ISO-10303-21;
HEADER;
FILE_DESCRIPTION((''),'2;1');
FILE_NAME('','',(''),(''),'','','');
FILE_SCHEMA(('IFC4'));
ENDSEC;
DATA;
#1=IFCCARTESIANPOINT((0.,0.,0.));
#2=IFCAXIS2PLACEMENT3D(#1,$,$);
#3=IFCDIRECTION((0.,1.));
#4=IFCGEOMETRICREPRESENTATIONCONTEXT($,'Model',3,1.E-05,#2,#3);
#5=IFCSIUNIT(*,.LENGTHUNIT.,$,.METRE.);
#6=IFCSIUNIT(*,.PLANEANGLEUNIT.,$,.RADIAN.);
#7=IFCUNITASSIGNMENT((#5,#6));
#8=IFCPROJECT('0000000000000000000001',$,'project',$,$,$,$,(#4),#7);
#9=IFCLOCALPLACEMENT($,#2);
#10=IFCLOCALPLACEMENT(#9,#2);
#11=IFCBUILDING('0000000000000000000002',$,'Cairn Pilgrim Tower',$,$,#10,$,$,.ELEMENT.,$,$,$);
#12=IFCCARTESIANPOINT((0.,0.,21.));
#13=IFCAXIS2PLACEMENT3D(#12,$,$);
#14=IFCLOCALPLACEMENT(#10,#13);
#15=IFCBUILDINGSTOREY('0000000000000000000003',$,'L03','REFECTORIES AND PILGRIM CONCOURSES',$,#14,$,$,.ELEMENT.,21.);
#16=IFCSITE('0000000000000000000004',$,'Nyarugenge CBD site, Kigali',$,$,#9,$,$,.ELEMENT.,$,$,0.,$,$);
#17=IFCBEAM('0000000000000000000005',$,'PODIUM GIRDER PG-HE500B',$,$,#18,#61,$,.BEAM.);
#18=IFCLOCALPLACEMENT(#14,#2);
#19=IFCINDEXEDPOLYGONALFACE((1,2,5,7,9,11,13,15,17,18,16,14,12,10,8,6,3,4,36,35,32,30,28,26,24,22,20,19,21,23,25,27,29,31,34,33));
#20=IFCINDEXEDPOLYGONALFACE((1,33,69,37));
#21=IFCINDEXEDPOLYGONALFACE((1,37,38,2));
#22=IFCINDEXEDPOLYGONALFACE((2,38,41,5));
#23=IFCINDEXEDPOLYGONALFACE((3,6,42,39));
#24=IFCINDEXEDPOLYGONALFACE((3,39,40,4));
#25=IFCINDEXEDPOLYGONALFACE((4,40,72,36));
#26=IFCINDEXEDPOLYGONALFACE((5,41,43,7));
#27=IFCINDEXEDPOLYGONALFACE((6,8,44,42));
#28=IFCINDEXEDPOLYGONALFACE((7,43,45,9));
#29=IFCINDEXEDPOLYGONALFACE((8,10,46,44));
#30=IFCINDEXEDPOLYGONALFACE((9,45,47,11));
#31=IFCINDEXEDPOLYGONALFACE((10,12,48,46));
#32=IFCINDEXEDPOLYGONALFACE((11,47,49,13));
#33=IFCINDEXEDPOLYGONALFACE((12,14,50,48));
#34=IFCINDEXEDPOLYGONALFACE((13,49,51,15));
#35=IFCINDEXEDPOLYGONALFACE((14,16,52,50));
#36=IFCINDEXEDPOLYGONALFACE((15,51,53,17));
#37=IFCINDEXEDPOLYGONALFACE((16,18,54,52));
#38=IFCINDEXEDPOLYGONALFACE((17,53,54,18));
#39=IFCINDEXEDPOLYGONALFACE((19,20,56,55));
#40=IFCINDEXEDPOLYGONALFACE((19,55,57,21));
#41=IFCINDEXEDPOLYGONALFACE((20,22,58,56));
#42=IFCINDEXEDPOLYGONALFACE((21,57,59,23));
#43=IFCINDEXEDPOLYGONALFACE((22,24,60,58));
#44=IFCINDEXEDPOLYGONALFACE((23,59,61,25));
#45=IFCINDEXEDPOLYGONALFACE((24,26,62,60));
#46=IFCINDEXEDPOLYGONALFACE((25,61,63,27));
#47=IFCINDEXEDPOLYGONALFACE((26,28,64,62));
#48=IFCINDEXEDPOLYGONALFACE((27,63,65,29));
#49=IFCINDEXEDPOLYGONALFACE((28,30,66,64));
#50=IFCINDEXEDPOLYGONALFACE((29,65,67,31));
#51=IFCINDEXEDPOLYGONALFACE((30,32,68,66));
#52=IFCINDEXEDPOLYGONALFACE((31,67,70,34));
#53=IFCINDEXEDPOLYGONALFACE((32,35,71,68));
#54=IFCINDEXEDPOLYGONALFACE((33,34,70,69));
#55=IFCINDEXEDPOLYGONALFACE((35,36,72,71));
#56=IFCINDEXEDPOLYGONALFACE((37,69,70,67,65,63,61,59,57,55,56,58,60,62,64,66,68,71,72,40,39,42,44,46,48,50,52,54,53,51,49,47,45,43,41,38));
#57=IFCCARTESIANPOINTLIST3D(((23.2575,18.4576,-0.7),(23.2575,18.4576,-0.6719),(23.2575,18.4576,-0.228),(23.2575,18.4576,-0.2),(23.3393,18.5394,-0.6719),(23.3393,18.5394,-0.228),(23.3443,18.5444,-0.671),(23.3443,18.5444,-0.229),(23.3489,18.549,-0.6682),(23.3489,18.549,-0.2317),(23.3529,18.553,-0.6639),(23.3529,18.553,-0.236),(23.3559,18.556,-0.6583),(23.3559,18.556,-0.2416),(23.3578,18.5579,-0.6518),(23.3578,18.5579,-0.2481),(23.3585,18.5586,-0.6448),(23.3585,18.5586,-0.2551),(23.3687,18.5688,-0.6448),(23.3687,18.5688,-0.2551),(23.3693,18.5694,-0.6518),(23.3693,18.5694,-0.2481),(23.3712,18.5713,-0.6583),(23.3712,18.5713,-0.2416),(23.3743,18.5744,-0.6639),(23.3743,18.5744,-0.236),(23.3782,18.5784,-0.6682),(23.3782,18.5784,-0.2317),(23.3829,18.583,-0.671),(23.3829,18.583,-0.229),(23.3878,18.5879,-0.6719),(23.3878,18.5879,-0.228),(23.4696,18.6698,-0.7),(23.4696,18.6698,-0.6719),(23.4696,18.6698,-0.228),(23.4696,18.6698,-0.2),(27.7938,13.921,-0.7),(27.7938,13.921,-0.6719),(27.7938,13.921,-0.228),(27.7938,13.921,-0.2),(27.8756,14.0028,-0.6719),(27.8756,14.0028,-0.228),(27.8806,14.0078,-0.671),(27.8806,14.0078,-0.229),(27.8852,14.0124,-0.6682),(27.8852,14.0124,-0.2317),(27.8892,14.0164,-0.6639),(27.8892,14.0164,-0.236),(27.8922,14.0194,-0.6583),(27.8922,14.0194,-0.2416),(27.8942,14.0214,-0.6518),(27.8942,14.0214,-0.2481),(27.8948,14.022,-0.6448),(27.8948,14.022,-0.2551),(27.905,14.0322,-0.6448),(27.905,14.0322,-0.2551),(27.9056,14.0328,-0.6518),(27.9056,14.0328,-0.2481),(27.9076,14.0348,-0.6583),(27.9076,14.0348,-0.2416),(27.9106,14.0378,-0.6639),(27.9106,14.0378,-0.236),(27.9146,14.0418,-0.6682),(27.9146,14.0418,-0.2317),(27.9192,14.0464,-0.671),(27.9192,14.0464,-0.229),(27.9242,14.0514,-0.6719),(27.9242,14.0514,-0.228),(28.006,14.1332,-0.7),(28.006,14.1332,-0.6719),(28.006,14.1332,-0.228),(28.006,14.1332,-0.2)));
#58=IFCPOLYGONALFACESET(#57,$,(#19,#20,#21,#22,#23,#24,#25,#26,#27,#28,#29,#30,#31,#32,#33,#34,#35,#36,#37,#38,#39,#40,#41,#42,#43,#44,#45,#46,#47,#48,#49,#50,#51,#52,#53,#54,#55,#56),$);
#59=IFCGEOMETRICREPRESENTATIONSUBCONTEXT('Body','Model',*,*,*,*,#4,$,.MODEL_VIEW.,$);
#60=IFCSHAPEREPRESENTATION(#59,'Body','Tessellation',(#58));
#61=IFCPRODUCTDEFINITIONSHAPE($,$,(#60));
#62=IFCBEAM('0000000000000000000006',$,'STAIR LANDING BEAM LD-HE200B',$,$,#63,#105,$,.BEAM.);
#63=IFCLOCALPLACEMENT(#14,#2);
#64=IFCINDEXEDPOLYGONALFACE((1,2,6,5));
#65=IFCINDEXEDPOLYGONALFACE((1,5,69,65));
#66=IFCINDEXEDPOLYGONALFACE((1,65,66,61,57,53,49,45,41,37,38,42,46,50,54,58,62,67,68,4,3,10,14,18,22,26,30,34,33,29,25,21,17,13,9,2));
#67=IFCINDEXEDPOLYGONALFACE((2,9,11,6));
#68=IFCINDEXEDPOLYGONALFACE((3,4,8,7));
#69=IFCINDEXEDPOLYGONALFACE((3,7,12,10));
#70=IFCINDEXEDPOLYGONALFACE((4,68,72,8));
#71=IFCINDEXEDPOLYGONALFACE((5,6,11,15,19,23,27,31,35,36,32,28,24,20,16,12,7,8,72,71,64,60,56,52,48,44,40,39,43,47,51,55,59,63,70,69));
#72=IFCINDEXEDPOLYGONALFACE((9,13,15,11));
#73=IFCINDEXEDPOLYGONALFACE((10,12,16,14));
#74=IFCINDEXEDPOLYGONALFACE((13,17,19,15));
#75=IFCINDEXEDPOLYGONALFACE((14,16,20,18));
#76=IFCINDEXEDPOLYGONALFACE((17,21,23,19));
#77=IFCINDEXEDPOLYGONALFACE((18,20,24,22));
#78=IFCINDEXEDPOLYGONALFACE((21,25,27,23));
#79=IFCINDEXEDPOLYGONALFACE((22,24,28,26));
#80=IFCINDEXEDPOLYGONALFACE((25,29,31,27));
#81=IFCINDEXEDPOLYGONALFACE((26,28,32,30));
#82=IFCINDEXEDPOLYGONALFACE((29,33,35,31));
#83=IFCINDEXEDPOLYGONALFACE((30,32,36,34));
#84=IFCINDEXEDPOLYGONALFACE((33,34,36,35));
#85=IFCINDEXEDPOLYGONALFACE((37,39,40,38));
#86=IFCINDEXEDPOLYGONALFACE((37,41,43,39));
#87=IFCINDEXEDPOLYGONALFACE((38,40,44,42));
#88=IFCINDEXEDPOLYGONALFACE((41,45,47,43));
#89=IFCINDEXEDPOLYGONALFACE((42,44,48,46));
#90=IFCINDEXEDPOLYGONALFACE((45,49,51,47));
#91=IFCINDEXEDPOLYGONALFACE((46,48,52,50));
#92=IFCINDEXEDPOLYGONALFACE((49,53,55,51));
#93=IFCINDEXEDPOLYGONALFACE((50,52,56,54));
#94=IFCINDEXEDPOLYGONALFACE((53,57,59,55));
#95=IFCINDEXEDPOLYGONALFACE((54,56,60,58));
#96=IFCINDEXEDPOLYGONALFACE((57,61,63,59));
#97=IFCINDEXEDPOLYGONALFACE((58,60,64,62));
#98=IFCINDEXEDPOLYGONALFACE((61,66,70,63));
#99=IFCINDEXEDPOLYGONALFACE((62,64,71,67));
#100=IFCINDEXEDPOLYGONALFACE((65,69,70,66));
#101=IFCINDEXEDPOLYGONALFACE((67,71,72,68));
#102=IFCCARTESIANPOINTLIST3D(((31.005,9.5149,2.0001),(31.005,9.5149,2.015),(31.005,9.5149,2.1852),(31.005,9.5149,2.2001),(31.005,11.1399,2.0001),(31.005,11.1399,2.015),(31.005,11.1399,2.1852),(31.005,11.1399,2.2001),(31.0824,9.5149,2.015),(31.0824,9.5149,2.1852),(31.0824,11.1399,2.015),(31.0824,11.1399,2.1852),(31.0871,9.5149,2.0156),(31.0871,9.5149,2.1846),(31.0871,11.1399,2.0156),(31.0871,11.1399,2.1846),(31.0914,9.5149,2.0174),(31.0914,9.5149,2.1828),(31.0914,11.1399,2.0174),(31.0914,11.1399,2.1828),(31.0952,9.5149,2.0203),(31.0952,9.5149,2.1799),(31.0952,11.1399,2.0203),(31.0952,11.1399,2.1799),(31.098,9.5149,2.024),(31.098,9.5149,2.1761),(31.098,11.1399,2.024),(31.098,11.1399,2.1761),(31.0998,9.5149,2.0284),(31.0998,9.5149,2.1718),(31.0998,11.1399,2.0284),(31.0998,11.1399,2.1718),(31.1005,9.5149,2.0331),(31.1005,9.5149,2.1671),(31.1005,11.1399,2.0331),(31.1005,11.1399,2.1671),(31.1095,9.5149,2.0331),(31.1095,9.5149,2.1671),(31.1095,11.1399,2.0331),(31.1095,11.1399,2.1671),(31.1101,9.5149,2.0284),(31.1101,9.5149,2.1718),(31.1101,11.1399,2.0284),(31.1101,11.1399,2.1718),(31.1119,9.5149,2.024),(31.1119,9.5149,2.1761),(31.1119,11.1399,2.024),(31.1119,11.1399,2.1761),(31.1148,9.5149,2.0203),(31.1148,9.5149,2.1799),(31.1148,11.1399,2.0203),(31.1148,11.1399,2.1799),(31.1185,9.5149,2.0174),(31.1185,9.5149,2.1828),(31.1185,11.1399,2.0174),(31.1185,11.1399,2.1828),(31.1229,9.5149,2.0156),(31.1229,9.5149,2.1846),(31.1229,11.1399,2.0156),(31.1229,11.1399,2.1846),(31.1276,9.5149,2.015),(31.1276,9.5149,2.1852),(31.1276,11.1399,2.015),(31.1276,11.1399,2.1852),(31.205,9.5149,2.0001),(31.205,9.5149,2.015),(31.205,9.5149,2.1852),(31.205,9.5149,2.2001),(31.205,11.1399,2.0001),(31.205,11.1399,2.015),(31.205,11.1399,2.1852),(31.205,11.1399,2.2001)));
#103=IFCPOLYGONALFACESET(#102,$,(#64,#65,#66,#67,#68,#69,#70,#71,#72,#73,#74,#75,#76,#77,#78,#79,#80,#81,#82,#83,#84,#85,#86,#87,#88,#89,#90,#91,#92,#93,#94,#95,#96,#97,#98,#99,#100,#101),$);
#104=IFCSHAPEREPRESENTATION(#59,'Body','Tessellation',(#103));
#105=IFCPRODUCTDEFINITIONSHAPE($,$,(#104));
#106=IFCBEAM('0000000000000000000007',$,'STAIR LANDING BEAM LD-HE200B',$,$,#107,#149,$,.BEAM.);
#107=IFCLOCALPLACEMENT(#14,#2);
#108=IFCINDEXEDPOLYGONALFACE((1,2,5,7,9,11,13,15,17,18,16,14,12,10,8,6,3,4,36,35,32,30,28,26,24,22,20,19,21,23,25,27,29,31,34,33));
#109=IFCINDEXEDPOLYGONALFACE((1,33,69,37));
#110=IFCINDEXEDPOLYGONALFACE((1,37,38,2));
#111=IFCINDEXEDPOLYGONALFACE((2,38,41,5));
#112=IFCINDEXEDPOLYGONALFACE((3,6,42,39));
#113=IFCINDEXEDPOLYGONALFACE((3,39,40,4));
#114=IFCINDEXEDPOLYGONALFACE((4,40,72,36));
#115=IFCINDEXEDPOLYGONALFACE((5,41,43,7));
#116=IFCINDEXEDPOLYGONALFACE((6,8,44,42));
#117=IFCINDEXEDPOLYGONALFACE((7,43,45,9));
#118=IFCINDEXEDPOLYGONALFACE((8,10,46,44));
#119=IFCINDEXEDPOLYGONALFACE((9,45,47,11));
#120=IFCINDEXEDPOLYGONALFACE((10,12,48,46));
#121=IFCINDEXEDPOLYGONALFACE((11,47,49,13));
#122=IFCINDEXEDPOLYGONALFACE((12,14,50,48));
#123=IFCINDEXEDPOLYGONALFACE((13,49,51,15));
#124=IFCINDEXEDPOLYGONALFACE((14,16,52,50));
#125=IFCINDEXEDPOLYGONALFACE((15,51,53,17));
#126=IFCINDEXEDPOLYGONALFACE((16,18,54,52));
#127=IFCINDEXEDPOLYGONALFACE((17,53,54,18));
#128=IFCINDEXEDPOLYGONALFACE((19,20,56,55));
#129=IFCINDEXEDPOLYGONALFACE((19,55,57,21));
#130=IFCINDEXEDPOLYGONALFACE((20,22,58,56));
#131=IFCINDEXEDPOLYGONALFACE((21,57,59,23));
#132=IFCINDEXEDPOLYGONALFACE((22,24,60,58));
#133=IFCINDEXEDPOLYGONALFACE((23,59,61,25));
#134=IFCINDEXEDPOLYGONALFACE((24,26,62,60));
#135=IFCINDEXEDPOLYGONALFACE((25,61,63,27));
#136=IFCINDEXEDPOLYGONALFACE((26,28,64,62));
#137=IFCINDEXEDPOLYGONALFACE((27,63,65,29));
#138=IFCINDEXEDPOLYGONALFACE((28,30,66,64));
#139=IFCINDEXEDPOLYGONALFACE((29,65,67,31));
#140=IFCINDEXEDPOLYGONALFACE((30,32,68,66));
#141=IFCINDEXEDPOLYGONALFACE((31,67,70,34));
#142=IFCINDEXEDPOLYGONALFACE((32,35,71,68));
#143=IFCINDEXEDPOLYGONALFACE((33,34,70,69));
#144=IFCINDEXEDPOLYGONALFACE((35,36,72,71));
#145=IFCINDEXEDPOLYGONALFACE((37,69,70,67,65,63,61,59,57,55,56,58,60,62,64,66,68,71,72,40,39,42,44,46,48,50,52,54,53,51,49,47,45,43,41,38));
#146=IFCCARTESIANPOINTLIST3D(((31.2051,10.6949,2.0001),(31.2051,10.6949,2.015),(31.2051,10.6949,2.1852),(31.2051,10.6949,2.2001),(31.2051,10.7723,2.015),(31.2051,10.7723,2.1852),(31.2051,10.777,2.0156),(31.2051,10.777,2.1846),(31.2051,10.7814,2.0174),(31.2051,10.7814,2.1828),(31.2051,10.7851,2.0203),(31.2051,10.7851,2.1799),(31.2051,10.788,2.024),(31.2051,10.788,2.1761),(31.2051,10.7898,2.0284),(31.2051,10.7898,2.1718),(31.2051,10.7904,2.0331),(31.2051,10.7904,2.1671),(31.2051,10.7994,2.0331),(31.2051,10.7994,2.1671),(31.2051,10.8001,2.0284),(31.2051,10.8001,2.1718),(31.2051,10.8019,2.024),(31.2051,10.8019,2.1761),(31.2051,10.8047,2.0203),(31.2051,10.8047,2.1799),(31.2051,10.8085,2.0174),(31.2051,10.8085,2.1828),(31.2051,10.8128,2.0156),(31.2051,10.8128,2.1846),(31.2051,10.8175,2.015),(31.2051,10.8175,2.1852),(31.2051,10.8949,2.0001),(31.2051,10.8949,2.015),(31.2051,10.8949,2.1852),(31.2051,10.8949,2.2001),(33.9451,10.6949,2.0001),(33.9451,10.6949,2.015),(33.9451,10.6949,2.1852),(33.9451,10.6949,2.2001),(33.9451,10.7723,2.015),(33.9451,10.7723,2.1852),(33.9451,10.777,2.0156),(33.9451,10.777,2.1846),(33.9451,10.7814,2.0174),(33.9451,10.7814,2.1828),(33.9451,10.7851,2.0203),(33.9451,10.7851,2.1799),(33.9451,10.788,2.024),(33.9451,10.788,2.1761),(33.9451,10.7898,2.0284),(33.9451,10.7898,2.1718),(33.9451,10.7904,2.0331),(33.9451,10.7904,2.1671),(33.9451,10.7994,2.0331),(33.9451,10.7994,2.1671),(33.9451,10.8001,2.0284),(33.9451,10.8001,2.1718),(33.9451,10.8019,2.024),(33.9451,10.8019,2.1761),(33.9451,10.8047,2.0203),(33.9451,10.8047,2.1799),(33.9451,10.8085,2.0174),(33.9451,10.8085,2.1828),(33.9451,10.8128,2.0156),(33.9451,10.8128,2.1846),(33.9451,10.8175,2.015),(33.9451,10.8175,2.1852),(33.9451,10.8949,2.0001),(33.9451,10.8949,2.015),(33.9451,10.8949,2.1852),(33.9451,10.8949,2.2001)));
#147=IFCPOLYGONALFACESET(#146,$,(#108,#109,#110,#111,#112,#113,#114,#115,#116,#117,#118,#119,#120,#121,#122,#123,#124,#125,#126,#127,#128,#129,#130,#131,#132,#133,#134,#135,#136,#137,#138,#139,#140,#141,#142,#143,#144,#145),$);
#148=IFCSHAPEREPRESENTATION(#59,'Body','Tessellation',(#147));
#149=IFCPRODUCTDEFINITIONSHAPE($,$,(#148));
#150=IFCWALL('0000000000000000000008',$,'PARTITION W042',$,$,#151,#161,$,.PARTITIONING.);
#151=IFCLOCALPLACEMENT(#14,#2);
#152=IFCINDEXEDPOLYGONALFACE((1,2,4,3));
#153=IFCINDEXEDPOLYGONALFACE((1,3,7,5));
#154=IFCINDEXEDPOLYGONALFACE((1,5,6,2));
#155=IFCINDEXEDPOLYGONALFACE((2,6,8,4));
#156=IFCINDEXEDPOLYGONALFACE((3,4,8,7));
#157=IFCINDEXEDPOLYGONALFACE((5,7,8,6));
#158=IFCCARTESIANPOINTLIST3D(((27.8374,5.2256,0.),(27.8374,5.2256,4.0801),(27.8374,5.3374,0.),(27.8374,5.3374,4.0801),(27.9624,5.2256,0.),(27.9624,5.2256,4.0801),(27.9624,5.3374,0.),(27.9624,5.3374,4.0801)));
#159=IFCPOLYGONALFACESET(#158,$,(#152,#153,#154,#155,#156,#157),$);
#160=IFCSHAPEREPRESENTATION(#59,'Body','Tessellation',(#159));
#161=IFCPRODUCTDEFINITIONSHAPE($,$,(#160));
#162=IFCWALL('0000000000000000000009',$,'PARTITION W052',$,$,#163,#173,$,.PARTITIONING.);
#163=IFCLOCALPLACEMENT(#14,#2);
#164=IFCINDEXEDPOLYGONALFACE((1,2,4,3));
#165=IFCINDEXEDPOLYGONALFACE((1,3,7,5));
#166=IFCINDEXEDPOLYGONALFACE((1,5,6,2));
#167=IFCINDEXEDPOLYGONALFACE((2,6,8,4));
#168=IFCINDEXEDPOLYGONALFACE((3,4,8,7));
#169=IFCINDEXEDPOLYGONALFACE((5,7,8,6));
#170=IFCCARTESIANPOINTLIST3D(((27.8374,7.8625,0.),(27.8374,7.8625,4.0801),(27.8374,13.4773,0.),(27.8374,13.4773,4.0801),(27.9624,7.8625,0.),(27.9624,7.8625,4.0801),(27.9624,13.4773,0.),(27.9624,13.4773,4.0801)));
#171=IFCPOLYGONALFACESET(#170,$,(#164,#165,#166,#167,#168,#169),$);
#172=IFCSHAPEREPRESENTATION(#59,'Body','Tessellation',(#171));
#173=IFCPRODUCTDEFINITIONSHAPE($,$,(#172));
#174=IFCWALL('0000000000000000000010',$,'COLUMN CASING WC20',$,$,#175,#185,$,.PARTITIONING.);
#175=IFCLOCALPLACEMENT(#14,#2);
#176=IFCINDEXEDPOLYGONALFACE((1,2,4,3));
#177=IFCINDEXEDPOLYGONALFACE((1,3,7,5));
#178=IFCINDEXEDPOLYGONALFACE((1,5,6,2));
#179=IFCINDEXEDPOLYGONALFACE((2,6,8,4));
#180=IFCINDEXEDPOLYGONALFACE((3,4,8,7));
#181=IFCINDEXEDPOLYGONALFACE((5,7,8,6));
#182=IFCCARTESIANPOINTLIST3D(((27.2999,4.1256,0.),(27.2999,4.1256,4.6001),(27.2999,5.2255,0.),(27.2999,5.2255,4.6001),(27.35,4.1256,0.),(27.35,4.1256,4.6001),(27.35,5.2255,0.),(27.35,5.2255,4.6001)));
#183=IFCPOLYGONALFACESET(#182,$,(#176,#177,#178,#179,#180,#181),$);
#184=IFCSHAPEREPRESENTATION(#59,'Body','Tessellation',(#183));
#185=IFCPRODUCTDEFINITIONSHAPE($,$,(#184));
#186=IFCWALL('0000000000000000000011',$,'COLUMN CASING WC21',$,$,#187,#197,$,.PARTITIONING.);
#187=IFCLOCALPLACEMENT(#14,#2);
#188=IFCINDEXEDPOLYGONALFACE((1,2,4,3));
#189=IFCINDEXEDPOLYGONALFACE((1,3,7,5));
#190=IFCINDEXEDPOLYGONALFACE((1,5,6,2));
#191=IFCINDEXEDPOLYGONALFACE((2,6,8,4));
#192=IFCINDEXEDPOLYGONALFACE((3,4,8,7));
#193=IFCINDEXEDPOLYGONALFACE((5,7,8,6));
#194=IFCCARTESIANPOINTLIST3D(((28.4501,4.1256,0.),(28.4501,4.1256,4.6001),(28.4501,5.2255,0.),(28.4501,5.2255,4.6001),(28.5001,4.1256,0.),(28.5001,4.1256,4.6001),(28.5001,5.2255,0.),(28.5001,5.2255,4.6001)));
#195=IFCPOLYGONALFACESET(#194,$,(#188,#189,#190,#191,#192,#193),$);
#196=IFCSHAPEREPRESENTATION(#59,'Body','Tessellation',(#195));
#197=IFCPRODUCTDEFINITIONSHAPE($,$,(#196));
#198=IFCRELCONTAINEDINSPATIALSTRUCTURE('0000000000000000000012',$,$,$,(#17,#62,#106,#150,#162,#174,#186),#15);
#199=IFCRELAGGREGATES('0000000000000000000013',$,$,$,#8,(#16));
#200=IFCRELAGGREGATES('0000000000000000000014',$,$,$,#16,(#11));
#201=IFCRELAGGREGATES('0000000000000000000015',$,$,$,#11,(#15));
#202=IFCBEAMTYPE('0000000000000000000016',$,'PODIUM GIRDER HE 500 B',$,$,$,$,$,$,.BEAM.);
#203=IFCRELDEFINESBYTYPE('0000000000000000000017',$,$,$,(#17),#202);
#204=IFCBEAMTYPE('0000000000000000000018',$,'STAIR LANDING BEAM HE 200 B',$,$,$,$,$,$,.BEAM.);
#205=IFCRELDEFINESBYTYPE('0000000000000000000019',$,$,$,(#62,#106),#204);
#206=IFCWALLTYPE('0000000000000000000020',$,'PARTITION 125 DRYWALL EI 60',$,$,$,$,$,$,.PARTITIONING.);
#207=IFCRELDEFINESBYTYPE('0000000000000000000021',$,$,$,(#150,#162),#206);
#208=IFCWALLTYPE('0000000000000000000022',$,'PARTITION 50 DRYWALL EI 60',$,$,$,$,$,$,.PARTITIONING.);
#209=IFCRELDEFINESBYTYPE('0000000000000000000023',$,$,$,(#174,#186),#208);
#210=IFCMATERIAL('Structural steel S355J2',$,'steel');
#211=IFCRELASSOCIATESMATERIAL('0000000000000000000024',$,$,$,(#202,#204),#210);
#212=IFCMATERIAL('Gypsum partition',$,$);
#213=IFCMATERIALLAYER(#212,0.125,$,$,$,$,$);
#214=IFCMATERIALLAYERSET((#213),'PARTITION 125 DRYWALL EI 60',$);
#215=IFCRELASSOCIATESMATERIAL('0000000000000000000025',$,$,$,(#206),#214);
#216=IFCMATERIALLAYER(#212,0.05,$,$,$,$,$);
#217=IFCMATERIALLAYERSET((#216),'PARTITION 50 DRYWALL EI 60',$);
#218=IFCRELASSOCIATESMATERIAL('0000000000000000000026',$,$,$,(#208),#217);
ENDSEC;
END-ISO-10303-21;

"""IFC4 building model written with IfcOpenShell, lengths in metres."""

from ifc_helpers import new_model, si_unit, direction, frame, frame_2d, origin, origin_2d, place, context, subcontext, project, spatial, rectangle, i_section, extrude, material, layer, layer_set, material_profile, profile_set, type_object, element, save


model = new_model("IFC4")

# Units and contexts
model_context = context("Model", 3, precision=1e-05, world=origin(), true_north=direction((0.0, 1.0)))
body_context = subcontext(model_context, "Body", "Model", "MODEL_VIEW")
ifc_project = project(units=[si_unit("LENGTHUNIT", "METRE"), si_unit("PLANEANGLEUNIT", "RADIAN")], contexts=[model_context])

# Site, building, storey
site_placement = place(None, origin())
site = spatial("IfcSite", under=ifc_project, at=site_placement, Name="Nyarugenge CBD site, Kigali", CompositionType="ELEMENT", RefElevation=0.0)
building_placement = place(site_placement, origin())
building = spatial("IfcBuilding", under=site, at=building_placement, Name="Cairn Pilgrim Tower", CompositionType="ELEMENT")
storey_placement = place(building_placement, frame((0.0, 0.0, 21.0)))
storey = spatial("IfcBuildingStorey", under=building, at=storey_placement, Name="L03", Description="REFECTORIES AND PILGRIM CONCOURSES", CompositionType="ELEMENT", Elevation=21.0)

# Shared definitions
ifc_material_1 = material(Name="Structural steel S355J2", Category="steel")

# Beams
ifc_material_profile_1 = material_profile(ifc_material_1, i_section(OverallWidth=0.3, OverallDepth=0.5, WebThickness=0.0144, FlangeThickness=0.0281, FilletRadius=0.0271, at=origin_2d()), Name="HEB 500")
ifc_profile_set_1 = profile_set([ifc_material_profile_1], Name="Structural steel S355J2")
beam_type_1 = type_object("IfcBeamType", Name="PODIUM GIRDER HE 500 B", PredefinedType="BEAM", material=ifc_profile_set_1)
beam_1_placement = place(storey_placement, frame((27.8999, 14.0271, -0.45), z_axis=(-0.707088, 0.707126, 0.0), x_axis=(-0.707126, -0.707088, 0.0)))
element("IfcBeam", 1, at=beam_1_placement, inside=storey, type_object=beam_type_1, Name="PODIUM GIRDER PG-HE500B", PredefinedType="BEAM", context=body_context, shape_type="SweptSolid", body=[
    extrude(i_section(OverallWidth=0.3, OverallDepth=0.5, WebThickness=0.0144, FlangeThickness=0.0281, FilletRadius=0.0271, at=origin_2d()), origin(), (0.0, 0.0, 1.0), 6.4155),
])
ifc_material_profile_2 = material_profile(ifc_material_1, i_section(OverallWidth=0.2, OverallDepth=0.2, WebThickness=0.009, FlangeThickness=0.0149, FilletRadius=0.0181, at=origin_2d()), Name="HE 200 B")
ifc_profile_set_2 = profile_set([ifc_material_profile_2], Name="Structural steel S355J2")
beam_type_2 = type_object("IfcBeamType", Name="STAIR LANDING BEAM HE 200 B", PredefinedType="BEAM", material=ifc_profile_set_2)
beam_2_placement = place(storey_placement, frame((31.105, 11.1399, 2.1001), z_axis=(0.0, -1.0, 0.0), x_axis=(1.0, 0.0, 0.0)))
element("IfcBeam", 2, at=beam_2_placement, inside=storey, type_object=beam_type_2, Name="STAIR LANDING BEAM LD-HE200B", PredefinedType="BEAM", context=body_context, shape_type="SweptSolid", body=[
    extrude(i_section(OverallWidth=0.2, OverallDepth=0.2, WebThickness=0.009, FlangeThickness=0.0149, FilletRadius=0.0181, at=origin_2d()), origin(), (0.0, 0.0, 1.0), 1.625),
])
beam_3_placement = place(storey_placement, frame((31.2051, 10.7949, 2.1001), z_axis=(1.0, 0.0, 0.0), x_axis=(0.0, 1.0, 0.0)))
element("IfcBeam", 3, at=beam_3_placement, inside=storey, type_object=beam_type_2, Name="STAIR LANDING BEAM LD-HE200B", PredefinedType="BEAM", context=body_context, shape_type="SweptSolid", body=[
    extrude(i_section(OverallWidth=0.2, OverallDepth=0.2, WebThickness=0.009, FlangeThickness=0.0149, FilletRadius=0.0181, at=origin_2d()), origin(), (0.0, 0.0, 1.0), 2.74),
])

# Walls
ifc_material_2 = material(Name="Gypsum partition")
ifc_layer_1 = layer(ifc_material_2, 0.125)
ifc_layer_set_1 = layer_set([ifc_layer_1], Name="PARTITION 125 DRYWALL EI 60")
wall_type_1 = type_object("IfcWallType", Name="PARTITION 125 DRYWALL EI 60", PredefinedType="PARTITIONING", material=ifc_layer_set_1)
wall_1_placement = place(storey_placement, frame((27.8999, 5.2256, 0.0), z_axis=(0.0, 0.0, 1.0), x_axis=(0.0, 1.0, 0.0)))
element("IfcWall", 4, at=wall_1_placement, inside=storey, type_object=wall_type_1, Name="PARTITION W042", PredefinedType="PARTITIONING", context=body_context, shape_type="SweptSolid", body=[
    extrude(rectangle(XDim=0.1118, YDim=0.125, at=frame_2d((0.0559, 0.0))), origin(), (0.0, 0.0, 1.0), 4.0801),
])
wall_2_placement = place(storey_placement, frame((27.8999, 7.8625, 0.0), z_axis=(0.0, 0.0, 1.0), x_axis=(0.0, 1.0, 0.0)))
element("IfcWall", 5, at=wall_2_placement, inside=storey, type_object=wall_type_1, Name="PARTITION W052", PredefinedType="PARTITIONING", context=body_context, shape_type="SweptSolid", body=[
    extrude(rectangle(XDim=5.6147, YDim=0.125, at=frame_2d((2.8074, 0.0))), origin(), (0.0, 0.0, 1.0), 4.0801),
])
ifc_layer_2 = layer(ifc_material_2, 0.05)
ifc_layer_set_2 = layer_set([ifc_layer_2], Name="PARTITION 50 DRYWALL EI 60")
wall_type_2 = type_object("IfcWallType", Name="PARTITION 50 DRYWALL EI 60", PredefinedType="PARTITIONING", material=ifc_layer_set_2)
for number, where, z_axis, x_axis, name in (
    (6, (27.325, 4.1257, 0.0), (0.0, 0.0, 1.0), (0.0, 1.0, 0.0), "COLUMN CASING WC20"),
    (7, (28.4751, 4.1257, 0.0), (0.0, 0.0, 1.0), (0.0, 1.0, 0.0), "COLUMN CASING WC21"),
):
    element("IfcWall", number, at=place(storey_placement, frame(where, z_axis=z_axis, x_axis=x_axis)), inside=storey, type_object=wall_type_2, Name=name, PredefinedType="PARTITIONING", context=body_context, shape_type="SweptSolid", body=[
        extrude(rectangle(XDim=1.0999, YDim=0.05, at=frame_2d((0.5498, 0.0))), origin(), (0.0, 0.0, 1.0), 4.6001),
    ])

save(model, "model.ifc")
